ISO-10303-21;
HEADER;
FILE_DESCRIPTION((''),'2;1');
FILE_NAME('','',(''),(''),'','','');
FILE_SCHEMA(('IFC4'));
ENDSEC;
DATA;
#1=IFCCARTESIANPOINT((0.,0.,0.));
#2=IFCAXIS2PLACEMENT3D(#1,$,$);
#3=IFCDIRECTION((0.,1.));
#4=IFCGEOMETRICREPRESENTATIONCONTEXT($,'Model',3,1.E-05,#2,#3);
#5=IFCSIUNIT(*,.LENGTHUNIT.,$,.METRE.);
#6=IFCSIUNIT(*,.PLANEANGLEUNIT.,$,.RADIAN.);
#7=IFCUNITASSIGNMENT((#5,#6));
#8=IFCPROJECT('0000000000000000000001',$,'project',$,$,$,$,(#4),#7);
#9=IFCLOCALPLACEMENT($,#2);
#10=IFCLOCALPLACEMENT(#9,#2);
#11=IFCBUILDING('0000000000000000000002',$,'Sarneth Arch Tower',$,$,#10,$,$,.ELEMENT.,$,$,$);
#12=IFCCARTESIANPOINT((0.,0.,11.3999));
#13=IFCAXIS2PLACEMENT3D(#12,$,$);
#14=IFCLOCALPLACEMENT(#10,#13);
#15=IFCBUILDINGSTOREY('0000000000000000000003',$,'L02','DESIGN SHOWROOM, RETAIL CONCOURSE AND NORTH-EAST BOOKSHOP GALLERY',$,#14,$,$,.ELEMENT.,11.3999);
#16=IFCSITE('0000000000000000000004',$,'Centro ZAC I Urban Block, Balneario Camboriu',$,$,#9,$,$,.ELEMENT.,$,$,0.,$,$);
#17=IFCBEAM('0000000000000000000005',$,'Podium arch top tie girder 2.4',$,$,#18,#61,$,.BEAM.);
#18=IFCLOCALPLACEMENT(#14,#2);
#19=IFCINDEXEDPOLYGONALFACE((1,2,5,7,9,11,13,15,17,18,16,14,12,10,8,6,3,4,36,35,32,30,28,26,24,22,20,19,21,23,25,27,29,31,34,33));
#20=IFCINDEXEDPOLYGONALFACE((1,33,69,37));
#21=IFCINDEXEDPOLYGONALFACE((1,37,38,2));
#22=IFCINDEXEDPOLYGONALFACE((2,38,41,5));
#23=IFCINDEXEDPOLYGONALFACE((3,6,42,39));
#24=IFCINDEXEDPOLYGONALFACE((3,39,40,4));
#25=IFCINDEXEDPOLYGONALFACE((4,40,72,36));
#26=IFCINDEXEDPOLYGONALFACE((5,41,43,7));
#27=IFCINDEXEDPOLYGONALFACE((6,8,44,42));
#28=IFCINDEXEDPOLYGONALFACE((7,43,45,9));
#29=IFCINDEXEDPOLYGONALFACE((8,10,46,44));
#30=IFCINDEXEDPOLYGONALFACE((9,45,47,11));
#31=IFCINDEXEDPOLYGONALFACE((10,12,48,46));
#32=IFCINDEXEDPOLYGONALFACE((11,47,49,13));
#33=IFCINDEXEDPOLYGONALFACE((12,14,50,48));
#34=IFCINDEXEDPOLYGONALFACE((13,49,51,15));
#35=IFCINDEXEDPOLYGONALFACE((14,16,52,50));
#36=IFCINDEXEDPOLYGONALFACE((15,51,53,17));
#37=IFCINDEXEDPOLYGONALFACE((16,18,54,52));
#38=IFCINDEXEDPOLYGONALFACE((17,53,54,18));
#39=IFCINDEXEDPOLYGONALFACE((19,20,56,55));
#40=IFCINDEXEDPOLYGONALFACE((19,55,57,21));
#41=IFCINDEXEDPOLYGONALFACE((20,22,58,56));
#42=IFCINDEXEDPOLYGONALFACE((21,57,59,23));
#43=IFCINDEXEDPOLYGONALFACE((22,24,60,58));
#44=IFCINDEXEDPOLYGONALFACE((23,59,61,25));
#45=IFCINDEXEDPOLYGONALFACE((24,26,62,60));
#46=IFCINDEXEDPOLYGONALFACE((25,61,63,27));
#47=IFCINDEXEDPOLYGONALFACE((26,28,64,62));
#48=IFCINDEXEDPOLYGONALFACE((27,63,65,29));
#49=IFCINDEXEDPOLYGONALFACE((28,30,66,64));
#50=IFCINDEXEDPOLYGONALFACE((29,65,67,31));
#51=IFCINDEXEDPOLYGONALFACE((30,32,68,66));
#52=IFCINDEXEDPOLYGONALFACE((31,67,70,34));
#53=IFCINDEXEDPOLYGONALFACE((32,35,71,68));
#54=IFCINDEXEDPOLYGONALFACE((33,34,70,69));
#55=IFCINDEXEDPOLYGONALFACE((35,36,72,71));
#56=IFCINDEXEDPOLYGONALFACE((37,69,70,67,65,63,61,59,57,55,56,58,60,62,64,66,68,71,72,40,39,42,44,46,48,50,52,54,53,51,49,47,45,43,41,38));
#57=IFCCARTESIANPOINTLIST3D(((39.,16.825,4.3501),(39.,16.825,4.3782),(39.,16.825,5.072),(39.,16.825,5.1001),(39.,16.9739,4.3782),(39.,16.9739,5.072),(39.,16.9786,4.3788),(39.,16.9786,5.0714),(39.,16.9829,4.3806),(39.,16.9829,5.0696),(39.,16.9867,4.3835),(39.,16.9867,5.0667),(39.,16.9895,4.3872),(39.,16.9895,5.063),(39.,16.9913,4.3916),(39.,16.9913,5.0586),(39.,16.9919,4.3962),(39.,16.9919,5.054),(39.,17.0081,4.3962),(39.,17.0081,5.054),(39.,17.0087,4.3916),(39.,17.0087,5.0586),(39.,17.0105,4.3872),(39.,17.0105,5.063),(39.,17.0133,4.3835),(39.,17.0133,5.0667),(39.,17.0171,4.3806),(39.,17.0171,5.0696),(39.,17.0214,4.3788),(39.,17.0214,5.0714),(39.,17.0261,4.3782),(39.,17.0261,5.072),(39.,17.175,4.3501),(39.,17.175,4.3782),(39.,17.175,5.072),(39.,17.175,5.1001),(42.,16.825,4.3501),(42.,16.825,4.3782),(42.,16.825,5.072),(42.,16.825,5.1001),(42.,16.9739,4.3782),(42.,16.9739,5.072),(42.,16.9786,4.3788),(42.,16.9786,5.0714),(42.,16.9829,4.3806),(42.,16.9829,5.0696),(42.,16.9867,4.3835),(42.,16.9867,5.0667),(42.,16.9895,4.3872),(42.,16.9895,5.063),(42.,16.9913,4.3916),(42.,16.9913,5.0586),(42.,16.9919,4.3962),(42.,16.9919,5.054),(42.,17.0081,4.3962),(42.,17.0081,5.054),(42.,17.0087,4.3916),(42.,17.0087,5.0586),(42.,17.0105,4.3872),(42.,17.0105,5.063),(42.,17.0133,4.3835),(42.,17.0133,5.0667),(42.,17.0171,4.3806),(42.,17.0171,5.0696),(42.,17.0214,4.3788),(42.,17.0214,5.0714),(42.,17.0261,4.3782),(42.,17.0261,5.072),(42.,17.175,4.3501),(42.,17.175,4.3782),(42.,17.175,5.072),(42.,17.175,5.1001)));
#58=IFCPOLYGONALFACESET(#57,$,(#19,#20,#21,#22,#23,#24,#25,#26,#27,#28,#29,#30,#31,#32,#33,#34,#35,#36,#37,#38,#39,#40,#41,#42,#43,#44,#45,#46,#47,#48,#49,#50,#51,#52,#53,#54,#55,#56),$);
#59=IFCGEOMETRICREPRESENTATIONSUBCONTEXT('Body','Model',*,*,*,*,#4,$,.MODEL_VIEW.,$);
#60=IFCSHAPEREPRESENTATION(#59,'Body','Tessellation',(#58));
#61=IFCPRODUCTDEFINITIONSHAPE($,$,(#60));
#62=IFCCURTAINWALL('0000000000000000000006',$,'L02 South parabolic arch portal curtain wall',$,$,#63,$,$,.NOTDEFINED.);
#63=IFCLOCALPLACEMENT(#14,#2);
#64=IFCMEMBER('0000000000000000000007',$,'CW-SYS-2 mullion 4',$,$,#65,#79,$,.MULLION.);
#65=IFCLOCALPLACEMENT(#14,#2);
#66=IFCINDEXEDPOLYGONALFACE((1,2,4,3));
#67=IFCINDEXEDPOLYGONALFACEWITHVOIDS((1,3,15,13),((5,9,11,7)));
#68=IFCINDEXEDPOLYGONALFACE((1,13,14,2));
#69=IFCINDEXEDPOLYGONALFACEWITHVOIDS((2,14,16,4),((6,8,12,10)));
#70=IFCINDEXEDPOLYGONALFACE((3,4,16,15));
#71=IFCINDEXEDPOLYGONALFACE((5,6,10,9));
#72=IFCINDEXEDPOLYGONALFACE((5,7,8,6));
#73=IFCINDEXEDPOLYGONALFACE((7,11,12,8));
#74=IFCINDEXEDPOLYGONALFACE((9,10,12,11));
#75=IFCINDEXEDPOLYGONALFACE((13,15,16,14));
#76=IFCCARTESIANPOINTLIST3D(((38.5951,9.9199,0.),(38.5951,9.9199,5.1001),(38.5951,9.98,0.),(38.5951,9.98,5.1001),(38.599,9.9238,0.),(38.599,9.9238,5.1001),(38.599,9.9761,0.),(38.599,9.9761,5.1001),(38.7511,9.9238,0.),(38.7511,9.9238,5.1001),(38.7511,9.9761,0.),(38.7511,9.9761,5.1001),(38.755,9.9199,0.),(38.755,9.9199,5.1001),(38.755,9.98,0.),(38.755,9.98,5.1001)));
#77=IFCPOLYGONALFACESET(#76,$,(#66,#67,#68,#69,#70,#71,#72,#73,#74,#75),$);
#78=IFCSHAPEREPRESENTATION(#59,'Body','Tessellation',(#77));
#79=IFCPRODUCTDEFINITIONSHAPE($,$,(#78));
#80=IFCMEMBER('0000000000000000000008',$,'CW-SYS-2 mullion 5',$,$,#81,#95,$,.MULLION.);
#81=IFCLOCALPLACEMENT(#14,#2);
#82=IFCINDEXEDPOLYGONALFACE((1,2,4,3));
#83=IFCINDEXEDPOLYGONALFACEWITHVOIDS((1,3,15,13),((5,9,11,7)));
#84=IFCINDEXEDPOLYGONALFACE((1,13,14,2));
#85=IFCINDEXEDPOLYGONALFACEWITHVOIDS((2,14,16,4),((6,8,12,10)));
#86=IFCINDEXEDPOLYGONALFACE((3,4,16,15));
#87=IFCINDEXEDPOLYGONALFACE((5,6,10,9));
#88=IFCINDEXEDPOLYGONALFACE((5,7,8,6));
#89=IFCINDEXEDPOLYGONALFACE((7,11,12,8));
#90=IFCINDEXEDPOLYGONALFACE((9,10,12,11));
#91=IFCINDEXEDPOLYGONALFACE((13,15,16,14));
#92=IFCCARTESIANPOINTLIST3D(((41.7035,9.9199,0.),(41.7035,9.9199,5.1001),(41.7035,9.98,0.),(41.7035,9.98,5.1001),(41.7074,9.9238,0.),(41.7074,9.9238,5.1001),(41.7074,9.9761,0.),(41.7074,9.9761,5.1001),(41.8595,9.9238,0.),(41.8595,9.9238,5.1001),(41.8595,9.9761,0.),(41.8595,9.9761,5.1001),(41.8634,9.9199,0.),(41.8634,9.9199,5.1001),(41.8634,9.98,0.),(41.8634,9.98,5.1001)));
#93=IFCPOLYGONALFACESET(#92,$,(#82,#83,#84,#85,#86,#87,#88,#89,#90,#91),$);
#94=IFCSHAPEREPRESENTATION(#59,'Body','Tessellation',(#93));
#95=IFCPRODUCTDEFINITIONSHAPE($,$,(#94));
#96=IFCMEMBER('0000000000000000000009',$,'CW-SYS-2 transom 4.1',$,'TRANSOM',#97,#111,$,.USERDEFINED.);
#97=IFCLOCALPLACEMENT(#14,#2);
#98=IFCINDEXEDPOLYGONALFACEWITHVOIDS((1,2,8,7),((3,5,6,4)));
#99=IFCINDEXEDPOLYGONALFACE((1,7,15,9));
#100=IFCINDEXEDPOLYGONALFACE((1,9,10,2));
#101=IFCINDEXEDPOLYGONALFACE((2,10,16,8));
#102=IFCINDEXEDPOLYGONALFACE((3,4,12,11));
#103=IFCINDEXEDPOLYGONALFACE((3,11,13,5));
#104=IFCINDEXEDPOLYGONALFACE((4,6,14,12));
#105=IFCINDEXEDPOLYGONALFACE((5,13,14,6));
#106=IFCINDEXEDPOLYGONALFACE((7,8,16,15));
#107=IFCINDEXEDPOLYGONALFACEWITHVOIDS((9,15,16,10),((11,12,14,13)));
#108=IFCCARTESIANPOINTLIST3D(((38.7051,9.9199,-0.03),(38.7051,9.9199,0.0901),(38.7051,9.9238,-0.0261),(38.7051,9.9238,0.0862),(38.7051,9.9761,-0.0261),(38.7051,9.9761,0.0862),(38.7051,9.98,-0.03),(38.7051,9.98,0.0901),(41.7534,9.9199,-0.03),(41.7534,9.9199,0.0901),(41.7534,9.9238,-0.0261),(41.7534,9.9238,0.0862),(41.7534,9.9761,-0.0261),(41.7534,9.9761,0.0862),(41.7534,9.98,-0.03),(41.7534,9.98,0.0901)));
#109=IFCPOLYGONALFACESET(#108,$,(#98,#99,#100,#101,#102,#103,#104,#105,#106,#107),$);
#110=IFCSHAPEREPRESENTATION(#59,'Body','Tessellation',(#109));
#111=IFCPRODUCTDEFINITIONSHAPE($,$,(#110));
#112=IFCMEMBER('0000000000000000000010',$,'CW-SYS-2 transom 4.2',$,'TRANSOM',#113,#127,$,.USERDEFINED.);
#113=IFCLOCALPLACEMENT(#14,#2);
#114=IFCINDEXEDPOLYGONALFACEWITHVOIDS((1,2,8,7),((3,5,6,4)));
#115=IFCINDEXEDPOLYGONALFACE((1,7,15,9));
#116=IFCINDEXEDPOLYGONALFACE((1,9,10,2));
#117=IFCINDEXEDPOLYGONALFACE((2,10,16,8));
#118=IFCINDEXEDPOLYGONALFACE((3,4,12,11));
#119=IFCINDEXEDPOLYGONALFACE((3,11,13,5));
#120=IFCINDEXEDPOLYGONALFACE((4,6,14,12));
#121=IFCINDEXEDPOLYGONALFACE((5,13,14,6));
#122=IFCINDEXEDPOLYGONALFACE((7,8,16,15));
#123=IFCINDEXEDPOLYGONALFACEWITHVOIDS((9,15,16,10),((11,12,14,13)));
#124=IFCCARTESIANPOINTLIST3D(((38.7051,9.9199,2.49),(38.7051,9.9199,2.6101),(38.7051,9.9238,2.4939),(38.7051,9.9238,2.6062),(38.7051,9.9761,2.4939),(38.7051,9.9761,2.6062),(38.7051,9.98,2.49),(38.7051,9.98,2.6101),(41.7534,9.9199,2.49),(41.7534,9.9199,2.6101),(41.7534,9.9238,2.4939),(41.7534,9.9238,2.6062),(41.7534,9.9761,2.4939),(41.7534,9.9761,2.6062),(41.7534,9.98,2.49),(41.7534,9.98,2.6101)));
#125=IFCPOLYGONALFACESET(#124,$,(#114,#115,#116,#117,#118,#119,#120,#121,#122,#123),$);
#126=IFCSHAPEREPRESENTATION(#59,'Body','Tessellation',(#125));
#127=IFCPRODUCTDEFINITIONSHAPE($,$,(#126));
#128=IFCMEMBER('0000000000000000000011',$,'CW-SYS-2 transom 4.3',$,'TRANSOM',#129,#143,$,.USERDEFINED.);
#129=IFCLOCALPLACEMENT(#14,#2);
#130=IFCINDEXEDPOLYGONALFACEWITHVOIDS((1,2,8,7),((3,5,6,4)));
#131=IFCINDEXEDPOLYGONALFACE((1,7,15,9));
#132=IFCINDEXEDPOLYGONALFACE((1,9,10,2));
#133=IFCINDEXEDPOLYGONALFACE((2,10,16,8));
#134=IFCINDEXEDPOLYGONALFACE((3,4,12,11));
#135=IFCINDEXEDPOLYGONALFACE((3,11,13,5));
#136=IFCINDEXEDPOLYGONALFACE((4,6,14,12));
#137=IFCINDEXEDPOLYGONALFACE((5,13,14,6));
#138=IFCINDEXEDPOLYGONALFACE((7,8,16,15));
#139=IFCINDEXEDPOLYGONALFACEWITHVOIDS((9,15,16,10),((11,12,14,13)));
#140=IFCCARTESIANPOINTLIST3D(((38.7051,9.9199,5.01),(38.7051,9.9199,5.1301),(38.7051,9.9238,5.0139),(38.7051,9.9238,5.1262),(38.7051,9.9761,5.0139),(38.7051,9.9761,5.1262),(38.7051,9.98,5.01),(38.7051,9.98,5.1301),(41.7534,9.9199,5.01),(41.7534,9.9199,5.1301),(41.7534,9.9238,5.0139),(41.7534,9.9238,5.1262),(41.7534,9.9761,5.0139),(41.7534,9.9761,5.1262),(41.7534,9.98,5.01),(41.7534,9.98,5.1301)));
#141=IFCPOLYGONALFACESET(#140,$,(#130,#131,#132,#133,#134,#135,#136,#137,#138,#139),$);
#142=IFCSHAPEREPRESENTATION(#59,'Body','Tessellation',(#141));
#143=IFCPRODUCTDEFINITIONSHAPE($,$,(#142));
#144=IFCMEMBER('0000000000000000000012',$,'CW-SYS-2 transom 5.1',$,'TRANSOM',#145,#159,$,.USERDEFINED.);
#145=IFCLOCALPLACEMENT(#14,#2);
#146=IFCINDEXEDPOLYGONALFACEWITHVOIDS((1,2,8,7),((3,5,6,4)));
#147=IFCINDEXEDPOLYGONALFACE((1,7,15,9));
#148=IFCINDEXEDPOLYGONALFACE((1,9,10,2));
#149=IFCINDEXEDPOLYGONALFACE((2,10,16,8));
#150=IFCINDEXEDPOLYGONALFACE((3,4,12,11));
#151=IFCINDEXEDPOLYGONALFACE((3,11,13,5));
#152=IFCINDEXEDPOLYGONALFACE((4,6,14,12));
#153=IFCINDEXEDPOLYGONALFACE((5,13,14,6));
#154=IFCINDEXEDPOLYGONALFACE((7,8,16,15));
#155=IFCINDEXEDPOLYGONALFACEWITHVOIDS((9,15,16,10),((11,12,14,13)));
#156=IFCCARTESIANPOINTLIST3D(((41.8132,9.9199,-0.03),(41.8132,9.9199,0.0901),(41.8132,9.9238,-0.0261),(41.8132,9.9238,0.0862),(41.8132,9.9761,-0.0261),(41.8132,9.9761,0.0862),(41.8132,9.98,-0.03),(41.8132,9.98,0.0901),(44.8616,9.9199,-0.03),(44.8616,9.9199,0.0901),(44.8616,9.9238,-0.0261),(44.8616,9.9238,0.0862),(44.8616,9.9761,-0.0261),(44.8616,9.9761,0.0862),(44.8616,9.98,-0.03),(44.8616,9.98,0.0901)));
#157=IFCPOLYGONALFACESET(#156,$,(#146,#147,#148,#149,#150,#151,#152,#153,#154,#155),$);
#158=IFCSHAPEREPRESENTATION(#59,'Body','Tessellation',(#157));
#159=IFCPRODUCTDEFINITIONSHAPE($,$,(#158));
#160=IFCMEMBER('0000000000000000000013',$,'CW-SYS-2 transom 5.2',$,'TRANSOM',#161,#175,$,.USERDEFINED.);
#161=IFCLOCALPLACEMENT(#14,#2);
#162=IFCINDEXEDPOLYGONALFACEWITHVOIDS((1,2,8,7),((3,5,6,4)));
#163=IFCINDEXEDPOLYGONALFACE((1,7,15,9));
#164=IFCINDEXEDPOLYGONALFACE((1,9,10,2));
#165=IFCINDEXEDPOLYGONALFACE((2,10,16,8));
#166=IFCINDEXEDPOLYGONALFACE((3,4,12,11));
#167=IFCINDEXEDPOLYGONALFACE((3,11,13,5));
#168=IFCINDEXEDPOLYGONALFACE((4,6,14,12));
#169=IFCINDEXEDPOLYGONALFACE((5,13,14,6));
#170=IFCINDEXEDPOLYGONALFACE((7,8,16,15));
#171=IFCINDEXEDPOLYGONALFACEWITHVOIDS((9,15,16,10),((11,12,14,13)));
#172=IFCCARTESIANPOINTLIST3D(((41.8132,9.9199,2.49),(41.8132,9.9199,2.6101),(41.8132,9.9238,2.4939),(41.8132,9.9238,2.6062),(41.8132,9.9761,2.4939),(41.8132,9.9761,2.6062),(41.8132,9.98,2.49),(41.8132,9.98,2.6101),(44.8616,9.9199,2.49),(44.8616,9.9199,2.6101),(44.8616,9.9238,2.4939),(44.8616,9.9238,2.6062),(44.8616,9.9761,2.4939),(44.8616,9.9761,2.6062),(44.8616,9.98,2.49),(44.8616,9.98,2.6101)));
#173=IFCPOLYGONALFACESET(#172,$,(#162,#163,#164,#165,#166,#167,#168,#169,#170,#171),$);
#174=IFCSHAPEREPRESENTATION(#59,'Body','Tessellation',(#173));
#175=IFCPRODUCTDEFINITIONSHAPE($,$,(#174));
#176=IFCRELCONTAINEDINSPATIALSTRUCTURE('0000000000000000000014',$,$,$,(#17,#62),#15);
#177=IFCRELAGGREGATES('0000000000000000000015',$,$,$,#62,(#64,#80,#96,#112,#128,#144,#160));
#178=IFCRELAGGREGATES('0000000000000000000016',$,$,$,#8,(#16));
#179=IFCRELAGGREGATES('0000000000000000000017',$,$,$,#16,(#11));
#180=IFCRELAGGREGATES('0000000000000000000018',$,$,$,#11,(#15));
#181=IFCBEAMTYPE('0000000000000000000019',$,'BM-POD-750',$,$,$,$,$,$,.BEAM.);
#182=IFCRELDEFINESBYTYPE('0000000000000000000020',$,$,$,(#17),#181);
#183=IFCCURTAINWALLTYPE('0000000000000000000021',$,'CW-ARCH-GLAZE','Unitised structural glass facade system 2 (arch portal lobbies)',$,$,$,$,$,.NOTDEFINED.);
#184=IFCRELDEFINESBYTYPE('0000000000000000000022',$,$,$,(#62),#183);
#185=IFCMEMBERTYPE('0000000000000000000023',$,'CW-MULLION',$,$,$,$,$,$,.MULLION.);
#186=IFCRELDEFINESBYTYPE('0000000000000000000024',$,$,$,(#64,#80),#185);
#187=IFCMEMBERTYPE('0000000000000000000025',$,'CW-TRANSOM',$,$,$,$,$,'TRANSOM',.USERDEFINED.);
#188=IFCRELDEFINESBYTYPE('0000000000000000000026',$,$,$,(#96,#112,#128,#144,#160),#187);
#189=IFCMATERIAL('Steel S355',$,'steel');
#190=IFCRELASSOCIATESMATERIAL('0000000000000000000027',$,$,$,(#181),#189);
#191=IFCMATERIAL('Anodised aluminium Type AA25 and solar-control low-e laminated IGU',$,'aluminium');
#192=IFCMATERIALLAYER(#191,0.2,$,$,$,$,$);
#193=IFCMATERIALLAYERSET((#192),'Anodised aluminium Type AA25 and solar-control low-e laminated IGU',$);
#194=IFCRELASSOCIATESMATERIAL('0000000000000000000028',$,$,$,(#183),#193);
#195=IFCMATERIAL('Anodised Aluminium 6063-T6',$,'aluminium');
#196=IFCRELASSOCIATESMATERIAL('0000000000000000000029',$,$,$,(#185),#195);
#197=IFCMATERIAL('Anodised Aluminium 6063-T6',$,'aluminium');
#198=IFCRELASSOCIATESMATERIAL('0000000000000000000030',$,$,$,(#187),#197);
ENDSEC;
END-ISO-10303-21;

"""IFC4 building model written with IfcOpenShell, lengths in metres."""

from ifc_helpers import new_model, si_unit, direction, frame, origin, origin_2d, place, context, subcontext, project, spatial, hollow_rectangle, i_section, extrude, material, layer, layer_set, material_profile, profile_set, type_object, element, aggregate, save


model = new_model("IFC4")

# Units and contexts
model_context = context("Model", 3, precision=1e-05, world=origin(), true_north=direction((0.0, 1.0)))
body_context = subcontext(model_context, "Body", "Model", "MODEL_VIEW")
ifc_project = project(units=[si_unit("LENGTHUNIT", "METRE"), si_unit("PLANEANGLEUNIT", "RADIAN")], contexts=[model_context])

# Site, building, storey
site_placement = place(None, origin())
site = spatial("IfcSite", under=ifc_project, at=site_placement, Name="Centro ZAC I Urban Block, Balneario Camboriu", CompositionType="ELEMENT", RefElevation=0.0)
building_placement = place(site_placement, origin())
building = spatial("IfcBuilding", under=site, at=building_placement, Name="Sarneth Arch Tower", CompositionType="ELEMENT")
storey_placement = place(building_placement, frame((0.0, 0.0, 11.3999)))
storey = spatial("IfcBuildingStorey", under=building, at=storey_placement, Name="L02", Description="DESIGN SHOWROOM, RETAIL CONCOURSE AND NORTH-EAST BOOKSHOP GALLERY", CompositionType="ELEMENT", Elevation=11.3999)

# Beam
ifc_material_1 = material(Name="Steel S355", Category="steel")
ifc_material_profile_1 = material_profile(ifc_material_1, i_section(OverallWidth=0.3501, OverallDepth=0.75, WebThickness=0.0161, FlangeThickness=0.0281, FilletRadius=0.0181, at=origin_2d()), Name="CVS750x268")
ifc_profile_set_1 = profile_set([ifc_material_profile_1], Name="Steel S355")
beam_type = type_object("IfcBeamType", Name="BM-POD-750", PredefinedType="BEAM", material=ifc_profile_set_1)
beam_placement = place(storey_placement, frame((39.0, 17.0, 4.7251), z_axis=(1.0, 0.0, 0.0), x_axis=(0.0, 1.0, 0.0)))
element("IfcBeam", 1, at=beam_placement, inside=storey, type_object=beam_type, Name="Podium arch top tie girder 2.4", PredefinedType="BEAM", context=body_context, shape_type="SweptSolid", body=[
    extrude(i_section(OverallWidth=0.3501, OverallDepth=0.75, WebThickness=0.0161, FlangeThickness=0.0281, FilletRadius=0.0181, at=origin_2d()), origin(), (0.0, 0.0, 1.0), 3.0),
])

# Curtain wall, members
ifc_material_2 = material(Name="Anodised aluminium Type AA25 and solar-control low-e laminated IGU", Category="aluminium")
ifc_layer_1 = layer(ifc_material_2, 0.2)
ifc_layer_set_1 = layer_set([ifc_layer_1], Name="Anodised aluminium Type AA25 and solar-control low-e laminated IGU")
curtain_wall_type = type_object("IfcCurtainWallType", Name="CW-ARCH-GLAZE", Description="Unitised structural glass facade system 2 (arch portal lobbies)", PredefinedType="NOTDEFINED", material=ifc_layer_set_1)
curtain_wall_placement = place(storey_placement, origin())
curtain_wall = element("IfcCurtainWall", 2, at=curtain_wall_placement, inside=storey, type_object=curtain_wall_type, Name="L02 South parabolic arch portal curtain wall", PredefinedType="NOTDEFINED")
ifc_material_3 = material(Name="Anodised Aluminium 6063-T6", Category="aluminium")
ifc_material_profile_2 = material_profile(ifc_material_3, hollow_rectangle(XDim=0.0601, YDim=0.1599, WallThickness=0.0039, at=origin_2d()), Name="AL-MULL-160x60x4")
ifc_profile_set_2 = profile_set([ifc_material_profile_2], Name="Anodised Aluminium 6063-T6")
member_type_1 = type_object("IfcMemberType", Name="CW-MULLION", PredefinedType="MULLION", material=ifc_profile_set_2)
member_1_placement = place(storey_placement, frame((38.675, 9.95, 0.0), z_axis=(0.0, 0.0, 1.0), x_axis=(0.0, 1.0, 0.0)))
member_1 = element("IfcMember", 3, at=member_1_placement, type_object=member_type_1, Name="CW-SYS-2 mullion 4", PredefinedType="MULLION", context=body_context, shape_type="SweptSolid", body=[
    extrude(hollow_rectangle(XDim=0.0601, YDim=0.1599, WallThickness=0.0039, at=origin_2d()), origin(), (0.0, 0.0, 1.0), 5.1001),
])
member_2_placement = place(storey_placement, frame((41.7834, 9.95, 0.0), z_axis=(0.0, 0.0, 1.0), x_axis=(0.0, 1.0, 0.0)))
member_2 = element("IfcMember", 4, at=member_2_placement, type_object=member_type_1, Name="CW-SYS-2 mullion 5", PredefinedType="MULLION", context=body_context, shape_type="SweptSolid", body=[
    extrude(hollow_rectangle(XDim=0.0601, YDim=0.1599, WallThickness=0.0039, at=origin_2d()), origin(), (0.0, 0.0, 1.0), 5.1001),
])
ifc_material_4 = material(Name="Anodised Aluminium 6063-T6", Category="aluminium")
ifc_material_profile_3 = material_profile(ifc_material_4, hollow_rectangle(XDim=0.0601, YDim=0.1201, WallThickness=0.0039, at=origin_2d()), Name="AL-TRAN-120x60x4")
ifc_profile_set_3 = profile_set([ifc_material_profile_3], Name="Anodised Aluminium 6063-T6")
member_type_2 = type_object("IfcMemberType", Name="CW-TRANSOM", ElementType="TRANSOM", PredefinedType="USERDEFINED", material=ifc_profile_set_3)
member_3_placement = place(storey_placement, frame((38.7051, 9.95, 0.03), z_axis=(1.0, 0.0, 0.0), x_axis=(0.0, 1.0, 0.0)))
member_3 = element("IfcMember", 5, at=member_3_placement, type_object=member_type_2, Name="CW-SYS-2 transom 4.1", ObjectType="TRANSOM", PredefinedType="USERDEFINED", context=body_context, shape_type="SweptSolid", body=[
    extrude(hollow_rectangle(XDim=0.0601, YDim=0.1201, WallThickness=0.0039, at=origin_2d()), origin(), (0.0, 0.0, 1.0), 3.0483),
])
member_4_placement = place(storey_placement, frame((38.7051, 9.95, 2.55), z_axis=(1.0, 0.0, 0.0), x_axis=(0.0, 1.0, 0.0)))
member_4 = element("IfcMember", 6, at=member_4_placement, type_object=member_type_2, Name="CW-SYS-2 transom 4.2", ObjectType="TRANSOM", PredefinedType="USERDEFINED", context=body_context, shape_type="SweptSolid", body=[
    extrude(hollow_rectangle(XDim=0.0601, YDim=0.1201, WallThickness=0.0039, at=origin_2d()), origin(), (0.0, 0.0, 1.0), 3.0483),
])
member_5_placement = place(storey_placement, frame((38.7051, 9.95, 5.0701), z_axis=(1.0, 0.0, 0.0), x_axis=(0.0, 1.0, 0.0)))
member_5 = element("IfcMember", 7, at=member_5_placement, type_object=member_type_2, Name="CW-SYS-2 transom 4.3", ObjectType="TRANSOM", PredefinedType="USERDEFINED", context=body_context, shape_type="SweptSolid", body=[
    extrude(hollow_rectangle(XDim=0.0601, YDim=0.1201, WallThickness=0.0039, at=origin_2d()), origin(), (0.0, 0.0, 1.0), 3.0483),
])
member_6_placement = place(storey_placement, frame((41.8132, 9.95, 0.03), z_axis=(1.0, 0.0, 0.0), x_axis=(0.0, 1.0, 0.0)))
member_6 = element("IfcMember", 8, at=member_6_placement, type_object=member_type_2, Name="CW-SYS-2 transom 5.1", ObjectType="TRANSOM", PredefinedType="USERDEFINED", context=body_context, shape_type="SweptSolid", body=[
    extrude(hollow_rectangle(XDim=0.0601, YDim=0.1201, WallThickness=0.0039, at=origin_2d()), origin(), (0.0, 0.0, 1.0), 3.0483),
])
member_7_placement = place(storey_placement, frame((41.8132, 9.95, 2.55), z_axis=(1.0, 0.0, 0.0), x_axis=(0.0, 1.0, 0.0)))
member_7 = element("IfcMember", 9, at=member_7_placement, type_object=member_type_2, Name="CW-SYS-2 transom 5.2", ObjectType="TRANSOM", PredefinedType="USERDEFINED", context=body_context, shape_type="SweptSolid", body=[
    extrude(hollow_rectangle(XDim=0.0601, YDim=0.1201, WallThickness=0.0039, at=origin_2d()), origin(), (0.0, 0.0, 1.0), 3.0483),
])

aggregate(curtain_wall, [member_1, member_2, member_3, member_4, member_5, member_6, member_7])

save(model, "model.ifc")
